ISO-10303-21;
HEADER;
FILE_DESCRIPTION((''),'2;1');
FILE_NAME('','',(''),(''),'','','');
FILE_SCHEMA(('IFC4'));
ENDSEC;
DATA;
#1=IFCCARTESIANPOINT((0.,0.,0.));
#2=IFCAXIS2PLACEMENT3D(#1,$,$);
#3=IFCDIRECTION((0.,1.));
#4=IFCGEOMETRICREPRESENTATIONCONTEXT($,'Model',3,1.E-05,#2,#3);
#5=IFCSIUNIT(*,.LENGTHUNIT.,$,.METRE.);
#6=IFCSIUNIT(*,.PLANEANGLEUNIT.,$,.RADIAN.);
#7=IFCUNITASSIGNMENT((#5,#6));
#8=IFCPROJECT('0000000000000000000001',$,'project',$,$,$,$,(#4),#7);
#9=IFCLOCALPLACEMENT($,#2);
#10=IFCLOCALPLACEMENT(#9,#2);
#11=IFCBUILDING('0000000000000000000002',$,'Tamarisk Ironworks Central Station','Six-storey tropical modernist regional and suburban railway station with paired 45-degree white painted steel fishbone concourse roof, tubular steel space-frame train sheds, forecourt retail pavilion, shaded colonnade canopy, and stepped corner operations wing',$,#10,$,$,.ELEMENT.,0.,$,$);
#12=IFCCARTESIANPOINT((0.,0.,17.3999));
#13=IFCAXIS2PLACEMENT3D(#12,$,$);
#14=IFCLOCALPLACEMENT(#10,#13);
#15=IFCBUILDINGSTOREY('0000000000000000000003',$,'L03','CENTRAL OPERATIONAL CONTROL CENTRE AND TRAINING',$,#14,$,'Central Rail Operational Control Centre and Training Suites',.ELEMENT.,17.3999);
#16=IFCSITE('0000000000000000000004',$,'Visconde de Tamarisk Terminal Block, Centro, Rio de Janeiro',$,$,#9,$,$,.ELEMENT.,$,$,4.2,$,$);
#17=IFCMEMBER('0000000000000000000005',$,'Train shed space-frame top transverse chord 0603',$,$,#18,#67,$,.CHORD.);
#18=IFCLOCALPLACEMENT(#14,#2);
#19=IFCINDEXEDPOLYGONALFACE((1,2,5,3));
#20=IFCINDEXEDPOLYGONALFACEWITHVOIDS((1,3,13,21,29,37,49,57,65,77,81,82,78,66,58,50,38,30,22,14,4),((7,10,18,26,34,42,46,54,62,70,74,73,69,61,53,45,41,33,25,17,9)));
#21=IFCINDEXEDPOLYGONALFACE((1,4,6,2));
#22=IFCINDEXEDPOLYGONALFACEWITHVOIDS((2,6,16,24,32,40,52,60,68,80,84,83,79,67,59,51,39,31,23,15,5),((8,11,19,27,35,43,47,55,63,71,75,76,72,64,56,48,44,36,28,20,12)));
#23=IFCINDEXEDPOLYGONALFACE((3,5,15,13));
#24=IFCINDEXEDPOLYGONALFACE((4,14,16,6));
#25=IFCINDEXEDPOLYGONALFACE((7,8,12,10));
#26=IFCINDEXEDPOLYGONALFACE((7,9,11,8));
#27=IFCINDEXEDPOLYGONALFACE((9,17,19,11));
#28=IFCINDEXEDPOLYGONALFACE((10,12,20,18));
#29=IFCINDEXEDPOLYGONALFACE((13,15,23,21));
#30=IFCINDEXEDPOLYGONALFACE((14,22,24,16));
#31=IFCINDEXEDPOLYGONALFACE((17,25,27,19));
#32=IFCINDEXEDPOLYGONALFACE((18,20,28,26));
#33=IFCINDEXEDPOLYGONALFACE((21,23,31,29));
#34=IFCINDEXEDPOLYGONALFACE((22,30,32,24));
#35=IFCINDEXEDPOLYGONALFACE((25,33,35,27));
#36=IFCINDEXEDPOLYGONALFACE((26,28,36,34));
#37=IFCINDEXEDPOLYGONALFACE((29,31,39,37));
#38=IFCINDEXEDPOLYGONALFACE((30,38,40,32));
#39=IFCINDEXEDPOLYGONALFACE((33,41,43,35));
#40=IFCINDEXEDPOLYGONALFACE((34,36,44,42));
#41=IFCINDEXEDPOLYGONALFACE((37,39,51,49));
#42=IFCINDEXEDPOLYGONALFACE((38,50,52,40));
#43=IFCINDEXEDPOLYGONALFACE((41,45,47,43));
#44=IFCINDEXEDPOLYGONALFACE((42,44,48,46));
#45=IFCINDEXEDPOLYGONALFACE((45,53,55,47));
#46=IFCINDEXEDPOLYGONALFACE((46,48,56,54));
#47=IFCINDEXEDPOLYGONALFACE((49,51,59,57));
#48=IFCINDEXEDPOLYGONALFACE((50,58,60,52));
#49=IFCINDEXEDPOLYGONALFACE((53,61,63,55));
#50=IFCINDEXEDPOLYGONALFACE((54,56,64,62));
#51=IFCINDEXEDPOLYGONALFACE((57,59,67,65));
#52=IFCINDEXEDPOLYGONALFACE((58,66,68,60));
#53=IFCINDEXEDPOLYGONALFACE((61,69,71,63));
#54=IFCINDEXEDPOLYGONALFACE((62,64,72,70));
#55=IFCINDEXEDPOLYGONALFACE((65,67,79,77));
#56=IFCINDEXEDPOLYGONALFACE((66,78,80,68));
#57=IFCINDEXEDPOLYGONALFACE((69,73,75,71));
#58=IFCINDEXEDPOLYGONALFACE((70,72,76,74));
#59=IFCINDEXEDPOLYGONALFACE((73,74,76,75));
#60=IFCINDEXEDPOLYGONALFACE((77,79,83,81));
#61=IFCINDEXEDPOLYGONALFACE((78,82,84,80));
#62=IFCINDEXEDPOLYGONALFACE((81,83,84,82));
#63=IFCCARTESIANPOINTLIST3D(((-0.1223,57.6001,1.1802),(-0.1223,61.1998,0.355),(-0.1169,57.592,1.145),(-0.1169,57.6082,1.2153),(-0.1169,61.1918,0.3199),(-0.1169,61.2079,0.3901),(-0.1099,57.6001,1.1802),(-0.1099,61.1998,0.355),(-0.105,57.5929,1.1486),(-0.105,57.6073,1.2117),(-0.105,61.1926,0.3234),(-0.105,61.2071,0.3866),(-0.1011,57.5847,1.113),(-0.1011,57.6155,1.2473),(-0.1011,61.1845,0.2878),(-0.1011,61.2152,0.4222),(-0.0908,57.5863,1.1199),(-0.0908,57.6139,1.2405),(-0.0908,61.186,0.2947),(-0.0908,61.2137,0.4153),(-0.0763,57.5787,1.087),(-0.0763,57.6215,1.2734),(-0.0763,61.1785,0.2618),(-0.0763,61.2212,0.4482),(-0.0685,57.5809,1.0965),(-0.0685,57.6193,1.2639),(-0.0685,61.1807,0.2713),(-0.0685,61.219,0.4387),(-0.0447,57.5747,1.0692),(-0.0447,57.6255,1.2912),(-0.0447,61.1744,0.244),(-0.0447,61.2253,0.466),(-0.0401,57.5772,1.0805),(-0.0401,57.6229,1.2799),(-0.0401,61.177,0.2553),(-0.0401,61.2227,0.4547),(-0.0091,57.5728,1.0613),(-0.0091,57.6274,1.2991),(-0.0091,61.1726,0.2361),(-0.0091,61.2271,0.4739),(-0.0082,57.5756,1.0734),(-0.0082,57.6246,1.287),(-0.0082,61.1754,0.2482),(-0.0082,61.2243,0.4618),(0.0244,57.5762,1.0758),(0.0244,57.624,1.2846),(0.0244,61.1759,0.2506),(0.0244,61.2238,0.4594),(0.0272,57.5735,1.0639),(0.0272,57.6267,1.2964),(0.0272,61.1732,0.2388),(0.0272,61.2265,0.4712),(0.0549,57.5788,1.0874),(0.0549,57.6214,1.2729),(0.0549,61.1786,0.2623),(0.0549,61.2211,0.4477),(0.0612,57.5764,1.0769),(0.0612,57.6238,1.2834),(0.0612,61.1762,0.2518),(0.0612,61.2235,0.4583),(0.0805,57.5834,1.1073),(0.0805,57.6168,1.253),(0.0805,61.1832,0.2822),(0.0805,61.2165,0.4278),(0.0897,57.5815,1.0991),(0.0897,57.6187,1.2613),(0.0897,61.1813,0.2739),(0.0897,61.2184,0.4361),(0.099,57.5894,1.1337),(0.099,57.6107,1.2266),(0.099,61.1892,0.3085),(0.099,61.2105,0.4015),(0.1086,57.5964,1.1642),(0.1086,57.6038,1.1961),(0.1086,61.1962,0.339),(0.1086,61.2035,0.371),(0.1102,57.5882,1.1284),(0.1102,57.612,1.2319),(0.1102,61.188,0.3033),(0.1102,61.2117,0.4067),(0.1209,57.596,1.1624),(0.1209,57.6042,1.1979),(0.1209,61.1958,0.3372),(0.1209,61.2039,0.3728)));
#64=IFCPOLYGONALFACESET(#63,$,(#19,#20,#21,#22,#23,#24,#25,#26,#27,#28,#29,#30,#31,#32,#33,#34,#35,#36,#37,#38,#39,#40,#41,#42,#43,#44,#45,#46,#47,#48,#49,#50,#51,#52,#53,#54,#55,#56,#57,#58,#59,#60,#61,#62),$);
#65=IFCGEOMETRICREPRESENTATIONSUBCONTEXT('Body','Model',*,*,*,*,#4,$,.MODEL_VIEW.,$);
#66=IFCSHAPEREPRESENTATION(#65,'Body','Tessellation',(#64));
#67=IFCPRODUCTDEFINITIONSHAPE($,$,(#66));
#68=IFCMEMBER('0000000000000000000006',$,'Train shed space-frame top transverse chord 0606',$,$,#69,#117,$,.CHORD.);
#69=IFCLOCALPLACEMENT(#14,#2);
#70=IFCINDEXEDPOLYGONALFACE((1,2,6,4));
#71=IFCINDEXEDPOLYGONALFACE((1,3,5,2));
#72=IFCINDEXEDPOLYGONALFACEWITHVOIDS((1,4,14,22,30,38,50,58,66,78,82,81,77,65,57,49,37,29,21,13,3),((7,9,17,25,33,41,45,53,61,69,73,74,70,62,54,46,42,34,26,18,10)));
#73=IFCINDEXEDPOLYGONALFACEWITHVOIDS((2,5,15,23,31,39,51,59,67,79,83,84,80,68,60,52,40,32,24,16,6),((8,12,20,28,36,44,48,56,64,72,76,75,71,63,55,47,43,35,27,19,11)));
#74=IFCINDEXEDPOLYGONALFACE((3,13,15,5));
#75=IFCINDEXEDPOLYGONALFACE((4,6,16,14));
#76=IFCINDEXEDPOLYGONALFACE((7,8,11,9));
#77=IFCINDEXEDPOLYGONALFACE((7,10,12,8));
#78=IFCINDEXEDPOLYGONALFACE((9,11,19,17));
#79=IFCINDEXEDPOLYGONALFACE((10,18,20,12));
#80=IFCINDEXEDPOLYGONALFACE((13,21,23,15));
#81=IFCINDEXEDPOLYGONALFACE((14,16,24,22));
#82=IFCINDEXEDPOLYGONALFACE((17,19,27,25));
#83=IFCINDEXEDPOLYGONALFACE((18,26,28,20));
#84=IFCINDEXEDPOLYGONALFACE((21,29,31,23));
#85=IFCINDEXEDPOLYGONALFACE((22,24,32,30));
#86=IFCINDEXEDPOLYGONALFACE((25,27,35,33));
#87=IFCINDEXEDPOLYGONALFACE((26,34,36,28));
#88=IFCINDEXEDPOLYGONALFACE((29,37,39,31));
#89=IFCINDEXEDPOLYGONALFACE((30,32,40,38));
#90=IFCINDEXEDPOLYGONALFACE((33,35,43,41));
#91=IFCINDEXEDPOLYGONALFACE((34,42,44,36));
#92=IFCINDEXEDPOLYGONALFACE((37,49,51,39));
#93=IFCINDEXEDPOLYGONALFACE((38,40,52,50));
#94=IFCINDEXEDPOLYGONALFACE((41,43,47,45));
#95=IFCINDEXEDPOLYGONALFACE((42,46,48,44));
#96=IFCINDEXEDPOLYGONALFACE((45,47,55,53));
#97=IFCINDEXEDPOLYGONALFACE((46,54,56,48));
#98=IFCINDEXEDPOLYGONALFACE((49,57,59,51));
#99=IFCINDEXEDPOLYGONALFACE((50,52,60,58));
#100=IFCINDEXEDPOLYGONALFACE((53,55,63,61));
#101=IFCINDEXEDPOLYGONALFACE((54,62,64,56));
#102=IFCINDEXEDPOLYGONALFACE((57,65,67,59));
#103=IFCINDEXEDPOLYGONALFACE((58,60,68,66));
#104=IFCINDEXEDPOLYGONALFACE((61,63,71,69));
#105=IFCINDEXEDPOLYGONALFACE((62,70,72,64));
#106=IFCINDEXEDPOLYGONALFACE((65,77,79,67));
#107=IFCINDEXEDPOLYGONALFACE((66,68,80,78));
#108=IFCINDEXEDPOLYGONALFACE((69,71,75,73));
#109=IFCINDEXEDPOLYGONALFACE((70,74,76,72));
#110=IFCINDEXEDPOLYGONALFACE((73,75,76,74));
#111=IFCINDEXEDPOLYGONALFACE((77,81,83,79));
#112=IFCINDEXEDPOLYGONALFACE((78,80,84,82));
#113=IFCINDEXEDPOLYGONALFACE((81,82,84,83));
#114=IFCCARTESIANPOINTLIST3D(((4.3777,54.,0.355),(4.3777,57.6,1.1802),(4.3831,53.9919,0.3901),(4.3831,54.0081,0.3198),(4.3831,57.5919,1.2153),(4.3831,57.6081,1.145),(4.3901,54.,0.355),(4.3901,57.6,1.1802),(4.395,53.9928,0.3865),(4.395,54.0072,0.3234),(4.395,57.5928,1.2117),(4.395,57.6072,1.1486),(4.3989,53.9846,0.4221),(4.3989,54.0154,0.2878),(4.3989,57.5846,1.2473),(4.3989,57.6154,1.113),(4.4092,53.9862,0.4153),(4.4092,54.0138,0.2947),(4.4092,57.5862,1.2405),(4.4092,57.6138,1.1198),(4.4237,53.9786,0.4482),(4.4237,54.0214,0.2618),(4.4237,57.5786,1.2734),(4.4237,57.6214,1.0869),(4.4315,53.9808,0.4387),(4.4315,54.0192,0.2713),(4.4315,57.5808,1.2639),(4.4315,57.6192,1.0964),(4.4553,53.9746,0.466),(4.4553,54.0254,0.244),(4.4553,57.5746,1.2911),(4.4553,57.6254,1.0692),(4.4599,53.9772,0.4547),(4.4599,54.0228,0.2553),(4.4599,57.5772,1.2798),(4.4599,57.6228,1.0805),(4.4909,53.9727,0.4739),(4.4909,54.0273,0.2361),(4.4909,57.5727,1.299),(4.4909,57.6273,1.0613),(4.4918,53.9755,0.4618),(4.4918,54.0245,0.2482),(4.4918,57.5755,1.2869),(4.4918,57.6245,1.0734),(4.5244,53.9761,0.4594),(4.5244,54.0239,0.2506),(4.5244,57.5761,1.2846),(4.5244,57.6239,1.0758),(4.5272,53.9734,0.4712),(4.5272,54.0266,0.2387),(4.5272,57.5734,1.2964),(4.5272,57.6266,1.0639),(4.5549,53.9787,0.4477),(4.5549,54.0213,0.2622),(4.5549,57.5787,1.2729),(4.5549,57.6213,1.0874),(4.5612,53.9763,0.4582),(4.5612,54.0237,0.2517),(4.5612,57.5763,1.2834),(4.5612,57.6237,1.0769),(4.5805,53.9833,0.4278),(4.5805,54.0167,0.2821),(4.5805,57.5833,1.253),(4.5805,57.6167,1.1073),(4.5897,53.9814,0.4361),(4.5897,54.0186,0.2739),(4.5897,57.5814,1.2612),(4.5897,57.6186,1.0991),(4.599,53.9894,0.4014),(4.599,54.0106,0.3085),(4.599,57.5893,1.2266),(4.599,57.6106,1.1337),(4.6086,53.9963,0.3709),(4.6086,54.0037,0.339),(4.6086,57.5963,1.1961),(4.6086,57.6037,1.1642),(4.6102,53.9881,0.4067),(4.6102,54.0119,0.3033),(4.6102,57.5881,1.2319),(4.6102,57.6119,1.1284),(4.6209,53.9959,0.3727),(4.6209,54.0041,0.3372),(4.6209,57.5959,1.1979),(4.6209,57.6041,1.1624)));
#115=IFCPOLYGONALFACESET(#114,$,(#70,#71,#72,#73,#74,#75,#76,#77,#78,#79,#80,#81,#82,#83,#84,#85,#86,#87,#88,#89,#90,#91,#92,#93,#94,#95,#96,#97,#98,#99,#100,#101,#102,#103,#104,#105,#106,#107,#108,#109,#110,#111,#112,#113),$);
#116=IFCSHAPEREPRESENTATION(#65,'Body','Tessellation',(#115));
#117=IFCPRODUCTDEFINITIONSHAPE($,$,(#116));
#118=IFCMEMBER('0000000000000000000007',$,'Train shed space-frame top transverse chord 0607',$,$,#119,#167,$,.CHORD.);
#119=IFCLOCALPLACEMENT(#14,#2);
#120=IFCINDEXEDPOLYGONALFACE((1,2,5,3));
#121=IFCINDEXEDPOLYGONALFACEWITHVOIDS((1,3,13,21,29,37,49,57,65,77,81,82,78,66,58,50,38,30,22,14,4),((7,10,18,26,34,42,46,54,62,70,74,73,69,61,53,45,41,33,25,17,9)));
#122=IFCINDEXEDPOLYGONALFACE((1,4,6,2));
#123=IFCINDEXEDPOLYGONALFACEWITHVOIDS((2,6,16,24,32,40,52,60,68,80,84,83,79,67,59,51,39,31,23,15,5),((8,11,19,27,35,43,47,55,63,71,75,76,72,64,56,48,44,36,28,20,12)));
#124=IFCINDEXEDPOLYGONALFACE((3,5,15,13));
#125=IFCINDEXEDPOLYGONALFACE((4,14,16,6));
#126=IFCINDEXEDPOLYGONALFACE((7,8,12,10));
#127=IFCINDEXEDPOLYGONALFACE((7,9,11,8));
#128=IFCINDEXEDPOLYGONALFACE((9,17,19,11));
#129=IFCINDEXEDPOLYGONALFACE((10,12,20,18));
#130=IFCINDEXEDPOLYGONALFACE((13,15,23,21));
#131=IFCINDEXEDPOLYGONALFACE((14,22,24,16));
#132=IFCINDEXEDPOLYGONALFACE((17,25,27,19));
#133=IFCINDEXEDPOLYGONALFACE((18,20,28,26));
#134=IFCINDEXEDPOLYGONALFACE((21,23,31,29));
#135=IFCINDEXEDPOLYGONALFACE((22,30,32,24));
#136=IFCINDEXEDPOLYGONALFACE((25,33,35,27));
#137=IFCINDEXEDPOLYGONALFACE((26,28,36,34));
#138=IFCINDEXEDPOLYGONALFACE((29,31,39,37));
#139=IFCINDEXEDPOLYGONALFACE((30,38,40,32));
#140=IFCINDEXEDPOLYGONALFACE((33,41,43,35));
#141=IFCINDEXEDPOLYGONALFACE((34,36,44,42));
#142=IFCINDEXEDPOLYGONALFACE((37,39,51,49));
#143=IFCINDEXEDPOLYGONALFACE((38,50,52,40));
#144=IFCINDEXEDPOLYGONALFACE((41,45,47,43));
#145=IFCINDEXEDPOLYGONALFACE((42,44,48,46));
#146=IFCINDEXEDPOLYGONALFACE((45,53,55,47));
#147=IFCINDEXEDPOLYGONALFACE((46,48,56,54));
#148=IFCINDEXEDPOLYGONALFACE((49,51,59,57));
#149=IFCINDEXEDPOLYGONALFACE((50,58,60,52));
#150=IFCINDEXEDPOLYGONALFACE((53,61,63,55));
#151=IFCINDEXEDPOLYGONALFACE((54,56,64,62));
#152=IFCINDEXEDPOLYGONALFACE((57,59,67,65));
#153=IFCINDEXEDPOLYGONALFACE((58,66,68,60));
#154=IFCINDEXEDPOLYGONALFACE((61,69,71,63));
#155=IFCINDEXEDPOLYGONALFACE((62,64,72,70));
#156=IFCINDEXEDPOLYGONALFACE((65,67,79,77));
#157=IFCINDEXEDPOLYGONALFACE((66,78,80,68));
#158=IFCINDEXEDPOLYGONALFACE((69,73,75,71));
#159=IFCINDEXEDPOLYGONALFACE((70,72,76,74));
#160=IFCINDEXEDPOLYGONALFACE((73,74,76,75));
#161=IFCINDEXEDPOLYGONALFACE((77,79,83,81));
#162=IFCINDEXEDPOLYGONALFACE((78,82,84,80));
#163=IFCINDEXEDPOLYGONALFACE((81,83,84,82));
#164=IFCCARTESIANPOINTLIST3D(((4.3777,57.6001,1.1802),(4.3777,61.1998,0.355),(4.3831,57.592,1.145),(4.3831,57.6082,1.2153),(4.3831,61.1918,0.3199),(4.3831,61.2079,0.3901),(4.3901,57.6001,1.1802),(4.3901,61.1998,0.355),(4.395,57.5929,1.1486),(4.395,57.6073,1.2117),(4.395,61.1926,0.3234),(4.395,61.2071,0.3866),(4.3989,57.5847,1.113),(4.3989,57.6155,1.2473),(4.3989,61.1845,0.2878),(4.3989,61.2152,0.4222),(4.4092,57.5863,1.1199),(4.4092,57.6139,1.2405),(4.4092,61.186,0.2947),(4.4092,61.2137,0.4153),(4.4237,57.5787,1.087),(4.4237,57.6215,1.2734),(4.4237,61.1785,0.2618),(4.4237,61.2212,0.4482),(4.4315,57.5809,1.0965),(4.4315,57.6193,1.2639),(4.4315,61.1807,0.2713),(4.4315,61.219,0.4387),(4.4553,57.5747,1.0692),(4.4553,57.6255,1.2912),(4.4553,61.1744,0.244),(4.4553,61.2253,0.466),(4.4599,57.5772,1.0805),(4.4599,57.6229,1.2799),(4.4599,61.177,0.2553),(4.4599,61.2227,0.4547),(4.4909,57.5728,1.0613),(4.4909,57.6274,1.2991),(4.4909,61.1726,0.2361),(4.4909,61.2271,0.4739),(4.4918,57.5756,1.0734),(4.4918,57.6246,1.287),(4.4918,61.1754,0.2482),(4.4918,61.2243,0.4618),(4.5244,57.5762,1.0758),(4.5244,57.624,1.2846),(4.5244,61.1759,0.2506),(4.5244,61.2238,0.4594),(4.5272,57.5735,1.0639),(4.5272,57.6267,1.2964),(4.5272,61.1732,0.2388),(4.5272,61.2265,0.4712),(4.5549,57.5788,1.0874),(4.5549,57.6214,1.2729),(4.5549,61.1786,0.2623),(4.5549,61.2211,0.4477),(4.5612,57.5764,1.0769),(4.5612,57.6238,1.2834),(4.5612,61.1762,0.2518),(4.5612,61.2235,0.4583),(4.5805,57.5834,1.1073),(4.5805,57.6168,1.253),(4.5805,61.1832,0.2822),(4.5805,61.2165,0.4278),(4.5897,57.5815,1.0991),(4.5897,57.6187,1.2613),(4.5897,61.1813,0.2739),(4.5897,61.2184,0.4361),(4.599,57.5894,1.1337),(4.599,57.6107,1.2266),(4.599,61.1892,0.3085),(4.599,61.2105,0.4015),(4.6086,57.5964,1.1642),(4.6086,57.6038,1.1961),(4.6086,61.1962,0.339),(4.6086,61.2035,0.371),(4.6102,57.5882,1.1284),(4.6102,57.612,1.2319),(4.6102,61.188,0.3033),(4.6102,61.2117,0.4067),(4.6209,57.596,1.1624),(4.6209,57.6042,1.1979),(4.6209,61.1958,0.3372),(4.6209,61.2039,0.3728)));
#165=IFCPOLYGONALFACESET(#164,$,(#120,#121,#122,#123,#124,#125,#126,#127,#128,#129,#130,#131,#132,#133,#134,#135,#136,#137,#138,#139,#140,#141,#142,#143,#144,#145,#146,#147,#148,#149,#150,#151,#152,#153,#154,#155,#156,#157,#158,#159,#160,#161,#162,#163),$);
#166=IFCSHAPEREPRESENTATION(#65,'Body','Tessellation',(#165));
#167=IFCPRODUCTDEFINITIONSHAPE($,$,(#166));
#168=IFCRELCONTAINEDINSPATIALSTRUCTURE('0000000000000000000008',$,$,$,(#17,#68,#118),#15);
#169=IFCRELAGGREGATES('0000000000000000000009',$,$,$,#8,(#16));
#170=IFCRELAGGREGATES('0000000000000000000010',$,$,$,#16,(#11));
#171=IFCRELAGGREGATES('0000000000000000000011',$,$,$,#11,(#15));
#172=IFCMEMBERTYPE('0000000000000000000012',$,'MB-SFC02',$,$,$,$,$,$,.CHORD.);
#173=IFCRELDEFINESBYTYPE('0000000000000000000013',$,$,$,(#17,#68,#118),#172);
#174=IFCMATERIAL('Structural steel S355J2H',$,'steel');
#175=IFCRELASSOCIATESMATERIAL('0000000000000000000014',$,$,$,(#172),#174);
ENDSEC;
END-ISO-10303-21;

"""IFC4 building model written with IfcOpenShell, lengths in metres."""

from ifc_helpers import new_model, si_unit, direction, frame, origin, origin_2d, place, context, subcontext, project, spatial, hollow_circle, extrude, material, material_profile, profile_set, type_object, element, save


model = new_model("IFC4")

# Units and contexts
model_context = context("Model", 3, precision=1e-05, world=origin(), true_north=direction((0.0, 1.0)))
body_context = subcontext(model_context, "Body", "Model", "MODEL_VIEW")
ifc_project = project(units=[si_unit("LENGTHUNIT", "METRE"), si_unit("PLANEANGLEUNIT", "RADIAN")], contexts=[model_context])

# Site, building, storey
site_placement = place(None, origin())
site = spatial("IfcSite", under=ifc_project, at=site_placement, Name="Visconde de Tamarisk Terminal Block, Centro, Rio de Janeiro", CompositionType="ELEMENT", RefElevation=4.2)
building_placement = place(site_placement, origin())
building = spatial("IfcBuilding", under=site, at=building_placement, Name="Tamarisk Ironworks Central Station", Description="Six-storey tropical modernist regional and suburban railway station with paired 45-degree white painted steel fishbone concourse roof, tubular steel space-frame train sheds, forecourt retail pavilion, shaded colonnade canopy, and stepped corner operations wing", CompositionType="ELEMENT", ElevationOfRefHeight=0.0)
storey_placement = place(building_placement, frame((0.0, 0.0, 17.3999)))
storey = spatial("IfcBuildingStorey", under=building, at=storey_placement, Name="L03", Description="CENTRAL OPERATIONAL CONTROL CENTRE AND TRAINING", LongName="Central Rail Operational Control Centre and Training Suites", CompositionType="ELEMENT", Elevation=17.3999)

# Members
ifc_material_1 = material(Name="Structural steel S355J2H", Category="steel")
ifc_material_profile_1 = material_profile(ifc_material_1, hollow_circle(Radius=0.1223, WallThickness=0.0125, at=origin_2d()), Name="CHS 244.5x12.5")
ifc_profile_set_1 = profile_set([ifc_material_profile_1], Name="Structural steel S355J2H")
member_type_1 = type_object("IfcMemberType", Name="MB-SFC02", PredefinedType="CHORD", material=ifc_profile_set_1)
member_1_placement = place(storey_placement, frame((0.0, 57.6001, 1.1802), z_axis=(0.0, 0.974719, -0.223435), x_axis=(-1.0, 0.0, 0.0)))
element("IfcMember", 1, at=member_1_placement, inside=storey, type_object=member_type_1, Name="Train shed space-frame top transverse chord 0603", PredefinedType="CHORD", context=body_context, shape_type="SweptSolid", body=[
    extrude(hollow_circle(Radius=0.1223, WallThickness=0.0125, at=origin_2d()), origin(), (0.0, 0.0, 1.0), 3.6931),
])
member_2_placement = place(storey_placement, frame((4.5, 54.0, 0.355), z_axis=(0.0, 0.974722, 0.223421), x_axis=(-1.0, 0.0, 0.0)))
element("IfcMember", 2, at=member_2_placement, inside=storey, type_object=member_type_1, Name="Train shed space-frame top transverse chord 0606", PredefinedType="CHORD", context=body_context, shape_type="SweptSolid", body=[
    extrude(hollow_circle(Radius=0.1223, WallThickness=0.0125, at=origin_2d()), origin(), (0.0, 0.0, 1.0), 3.6934),
])
member_3_placement = place(storey_placement, frame((4.5, 57.6001, 1.1802), z_axis=(0.0, 0.974719, -0.223435), x_axis=(-1.0, 0.0, 0.0)))
element("IfcMember", 3, at=member_3_placement, inside=storey, type_object=member_type_1, Name="Train shed space-frame top transverse chord 0607", PredefinedType="CHORD", context=body_context, shape_type="SweptSolid", body=[
    extrude(hollow_circle(Radius=0.1223, WallThickness=0.0125, at=origin_2d()), origin(), (0.0, 0.0, 1.0), 3.6931),
])

save(model, "model.ifc")
